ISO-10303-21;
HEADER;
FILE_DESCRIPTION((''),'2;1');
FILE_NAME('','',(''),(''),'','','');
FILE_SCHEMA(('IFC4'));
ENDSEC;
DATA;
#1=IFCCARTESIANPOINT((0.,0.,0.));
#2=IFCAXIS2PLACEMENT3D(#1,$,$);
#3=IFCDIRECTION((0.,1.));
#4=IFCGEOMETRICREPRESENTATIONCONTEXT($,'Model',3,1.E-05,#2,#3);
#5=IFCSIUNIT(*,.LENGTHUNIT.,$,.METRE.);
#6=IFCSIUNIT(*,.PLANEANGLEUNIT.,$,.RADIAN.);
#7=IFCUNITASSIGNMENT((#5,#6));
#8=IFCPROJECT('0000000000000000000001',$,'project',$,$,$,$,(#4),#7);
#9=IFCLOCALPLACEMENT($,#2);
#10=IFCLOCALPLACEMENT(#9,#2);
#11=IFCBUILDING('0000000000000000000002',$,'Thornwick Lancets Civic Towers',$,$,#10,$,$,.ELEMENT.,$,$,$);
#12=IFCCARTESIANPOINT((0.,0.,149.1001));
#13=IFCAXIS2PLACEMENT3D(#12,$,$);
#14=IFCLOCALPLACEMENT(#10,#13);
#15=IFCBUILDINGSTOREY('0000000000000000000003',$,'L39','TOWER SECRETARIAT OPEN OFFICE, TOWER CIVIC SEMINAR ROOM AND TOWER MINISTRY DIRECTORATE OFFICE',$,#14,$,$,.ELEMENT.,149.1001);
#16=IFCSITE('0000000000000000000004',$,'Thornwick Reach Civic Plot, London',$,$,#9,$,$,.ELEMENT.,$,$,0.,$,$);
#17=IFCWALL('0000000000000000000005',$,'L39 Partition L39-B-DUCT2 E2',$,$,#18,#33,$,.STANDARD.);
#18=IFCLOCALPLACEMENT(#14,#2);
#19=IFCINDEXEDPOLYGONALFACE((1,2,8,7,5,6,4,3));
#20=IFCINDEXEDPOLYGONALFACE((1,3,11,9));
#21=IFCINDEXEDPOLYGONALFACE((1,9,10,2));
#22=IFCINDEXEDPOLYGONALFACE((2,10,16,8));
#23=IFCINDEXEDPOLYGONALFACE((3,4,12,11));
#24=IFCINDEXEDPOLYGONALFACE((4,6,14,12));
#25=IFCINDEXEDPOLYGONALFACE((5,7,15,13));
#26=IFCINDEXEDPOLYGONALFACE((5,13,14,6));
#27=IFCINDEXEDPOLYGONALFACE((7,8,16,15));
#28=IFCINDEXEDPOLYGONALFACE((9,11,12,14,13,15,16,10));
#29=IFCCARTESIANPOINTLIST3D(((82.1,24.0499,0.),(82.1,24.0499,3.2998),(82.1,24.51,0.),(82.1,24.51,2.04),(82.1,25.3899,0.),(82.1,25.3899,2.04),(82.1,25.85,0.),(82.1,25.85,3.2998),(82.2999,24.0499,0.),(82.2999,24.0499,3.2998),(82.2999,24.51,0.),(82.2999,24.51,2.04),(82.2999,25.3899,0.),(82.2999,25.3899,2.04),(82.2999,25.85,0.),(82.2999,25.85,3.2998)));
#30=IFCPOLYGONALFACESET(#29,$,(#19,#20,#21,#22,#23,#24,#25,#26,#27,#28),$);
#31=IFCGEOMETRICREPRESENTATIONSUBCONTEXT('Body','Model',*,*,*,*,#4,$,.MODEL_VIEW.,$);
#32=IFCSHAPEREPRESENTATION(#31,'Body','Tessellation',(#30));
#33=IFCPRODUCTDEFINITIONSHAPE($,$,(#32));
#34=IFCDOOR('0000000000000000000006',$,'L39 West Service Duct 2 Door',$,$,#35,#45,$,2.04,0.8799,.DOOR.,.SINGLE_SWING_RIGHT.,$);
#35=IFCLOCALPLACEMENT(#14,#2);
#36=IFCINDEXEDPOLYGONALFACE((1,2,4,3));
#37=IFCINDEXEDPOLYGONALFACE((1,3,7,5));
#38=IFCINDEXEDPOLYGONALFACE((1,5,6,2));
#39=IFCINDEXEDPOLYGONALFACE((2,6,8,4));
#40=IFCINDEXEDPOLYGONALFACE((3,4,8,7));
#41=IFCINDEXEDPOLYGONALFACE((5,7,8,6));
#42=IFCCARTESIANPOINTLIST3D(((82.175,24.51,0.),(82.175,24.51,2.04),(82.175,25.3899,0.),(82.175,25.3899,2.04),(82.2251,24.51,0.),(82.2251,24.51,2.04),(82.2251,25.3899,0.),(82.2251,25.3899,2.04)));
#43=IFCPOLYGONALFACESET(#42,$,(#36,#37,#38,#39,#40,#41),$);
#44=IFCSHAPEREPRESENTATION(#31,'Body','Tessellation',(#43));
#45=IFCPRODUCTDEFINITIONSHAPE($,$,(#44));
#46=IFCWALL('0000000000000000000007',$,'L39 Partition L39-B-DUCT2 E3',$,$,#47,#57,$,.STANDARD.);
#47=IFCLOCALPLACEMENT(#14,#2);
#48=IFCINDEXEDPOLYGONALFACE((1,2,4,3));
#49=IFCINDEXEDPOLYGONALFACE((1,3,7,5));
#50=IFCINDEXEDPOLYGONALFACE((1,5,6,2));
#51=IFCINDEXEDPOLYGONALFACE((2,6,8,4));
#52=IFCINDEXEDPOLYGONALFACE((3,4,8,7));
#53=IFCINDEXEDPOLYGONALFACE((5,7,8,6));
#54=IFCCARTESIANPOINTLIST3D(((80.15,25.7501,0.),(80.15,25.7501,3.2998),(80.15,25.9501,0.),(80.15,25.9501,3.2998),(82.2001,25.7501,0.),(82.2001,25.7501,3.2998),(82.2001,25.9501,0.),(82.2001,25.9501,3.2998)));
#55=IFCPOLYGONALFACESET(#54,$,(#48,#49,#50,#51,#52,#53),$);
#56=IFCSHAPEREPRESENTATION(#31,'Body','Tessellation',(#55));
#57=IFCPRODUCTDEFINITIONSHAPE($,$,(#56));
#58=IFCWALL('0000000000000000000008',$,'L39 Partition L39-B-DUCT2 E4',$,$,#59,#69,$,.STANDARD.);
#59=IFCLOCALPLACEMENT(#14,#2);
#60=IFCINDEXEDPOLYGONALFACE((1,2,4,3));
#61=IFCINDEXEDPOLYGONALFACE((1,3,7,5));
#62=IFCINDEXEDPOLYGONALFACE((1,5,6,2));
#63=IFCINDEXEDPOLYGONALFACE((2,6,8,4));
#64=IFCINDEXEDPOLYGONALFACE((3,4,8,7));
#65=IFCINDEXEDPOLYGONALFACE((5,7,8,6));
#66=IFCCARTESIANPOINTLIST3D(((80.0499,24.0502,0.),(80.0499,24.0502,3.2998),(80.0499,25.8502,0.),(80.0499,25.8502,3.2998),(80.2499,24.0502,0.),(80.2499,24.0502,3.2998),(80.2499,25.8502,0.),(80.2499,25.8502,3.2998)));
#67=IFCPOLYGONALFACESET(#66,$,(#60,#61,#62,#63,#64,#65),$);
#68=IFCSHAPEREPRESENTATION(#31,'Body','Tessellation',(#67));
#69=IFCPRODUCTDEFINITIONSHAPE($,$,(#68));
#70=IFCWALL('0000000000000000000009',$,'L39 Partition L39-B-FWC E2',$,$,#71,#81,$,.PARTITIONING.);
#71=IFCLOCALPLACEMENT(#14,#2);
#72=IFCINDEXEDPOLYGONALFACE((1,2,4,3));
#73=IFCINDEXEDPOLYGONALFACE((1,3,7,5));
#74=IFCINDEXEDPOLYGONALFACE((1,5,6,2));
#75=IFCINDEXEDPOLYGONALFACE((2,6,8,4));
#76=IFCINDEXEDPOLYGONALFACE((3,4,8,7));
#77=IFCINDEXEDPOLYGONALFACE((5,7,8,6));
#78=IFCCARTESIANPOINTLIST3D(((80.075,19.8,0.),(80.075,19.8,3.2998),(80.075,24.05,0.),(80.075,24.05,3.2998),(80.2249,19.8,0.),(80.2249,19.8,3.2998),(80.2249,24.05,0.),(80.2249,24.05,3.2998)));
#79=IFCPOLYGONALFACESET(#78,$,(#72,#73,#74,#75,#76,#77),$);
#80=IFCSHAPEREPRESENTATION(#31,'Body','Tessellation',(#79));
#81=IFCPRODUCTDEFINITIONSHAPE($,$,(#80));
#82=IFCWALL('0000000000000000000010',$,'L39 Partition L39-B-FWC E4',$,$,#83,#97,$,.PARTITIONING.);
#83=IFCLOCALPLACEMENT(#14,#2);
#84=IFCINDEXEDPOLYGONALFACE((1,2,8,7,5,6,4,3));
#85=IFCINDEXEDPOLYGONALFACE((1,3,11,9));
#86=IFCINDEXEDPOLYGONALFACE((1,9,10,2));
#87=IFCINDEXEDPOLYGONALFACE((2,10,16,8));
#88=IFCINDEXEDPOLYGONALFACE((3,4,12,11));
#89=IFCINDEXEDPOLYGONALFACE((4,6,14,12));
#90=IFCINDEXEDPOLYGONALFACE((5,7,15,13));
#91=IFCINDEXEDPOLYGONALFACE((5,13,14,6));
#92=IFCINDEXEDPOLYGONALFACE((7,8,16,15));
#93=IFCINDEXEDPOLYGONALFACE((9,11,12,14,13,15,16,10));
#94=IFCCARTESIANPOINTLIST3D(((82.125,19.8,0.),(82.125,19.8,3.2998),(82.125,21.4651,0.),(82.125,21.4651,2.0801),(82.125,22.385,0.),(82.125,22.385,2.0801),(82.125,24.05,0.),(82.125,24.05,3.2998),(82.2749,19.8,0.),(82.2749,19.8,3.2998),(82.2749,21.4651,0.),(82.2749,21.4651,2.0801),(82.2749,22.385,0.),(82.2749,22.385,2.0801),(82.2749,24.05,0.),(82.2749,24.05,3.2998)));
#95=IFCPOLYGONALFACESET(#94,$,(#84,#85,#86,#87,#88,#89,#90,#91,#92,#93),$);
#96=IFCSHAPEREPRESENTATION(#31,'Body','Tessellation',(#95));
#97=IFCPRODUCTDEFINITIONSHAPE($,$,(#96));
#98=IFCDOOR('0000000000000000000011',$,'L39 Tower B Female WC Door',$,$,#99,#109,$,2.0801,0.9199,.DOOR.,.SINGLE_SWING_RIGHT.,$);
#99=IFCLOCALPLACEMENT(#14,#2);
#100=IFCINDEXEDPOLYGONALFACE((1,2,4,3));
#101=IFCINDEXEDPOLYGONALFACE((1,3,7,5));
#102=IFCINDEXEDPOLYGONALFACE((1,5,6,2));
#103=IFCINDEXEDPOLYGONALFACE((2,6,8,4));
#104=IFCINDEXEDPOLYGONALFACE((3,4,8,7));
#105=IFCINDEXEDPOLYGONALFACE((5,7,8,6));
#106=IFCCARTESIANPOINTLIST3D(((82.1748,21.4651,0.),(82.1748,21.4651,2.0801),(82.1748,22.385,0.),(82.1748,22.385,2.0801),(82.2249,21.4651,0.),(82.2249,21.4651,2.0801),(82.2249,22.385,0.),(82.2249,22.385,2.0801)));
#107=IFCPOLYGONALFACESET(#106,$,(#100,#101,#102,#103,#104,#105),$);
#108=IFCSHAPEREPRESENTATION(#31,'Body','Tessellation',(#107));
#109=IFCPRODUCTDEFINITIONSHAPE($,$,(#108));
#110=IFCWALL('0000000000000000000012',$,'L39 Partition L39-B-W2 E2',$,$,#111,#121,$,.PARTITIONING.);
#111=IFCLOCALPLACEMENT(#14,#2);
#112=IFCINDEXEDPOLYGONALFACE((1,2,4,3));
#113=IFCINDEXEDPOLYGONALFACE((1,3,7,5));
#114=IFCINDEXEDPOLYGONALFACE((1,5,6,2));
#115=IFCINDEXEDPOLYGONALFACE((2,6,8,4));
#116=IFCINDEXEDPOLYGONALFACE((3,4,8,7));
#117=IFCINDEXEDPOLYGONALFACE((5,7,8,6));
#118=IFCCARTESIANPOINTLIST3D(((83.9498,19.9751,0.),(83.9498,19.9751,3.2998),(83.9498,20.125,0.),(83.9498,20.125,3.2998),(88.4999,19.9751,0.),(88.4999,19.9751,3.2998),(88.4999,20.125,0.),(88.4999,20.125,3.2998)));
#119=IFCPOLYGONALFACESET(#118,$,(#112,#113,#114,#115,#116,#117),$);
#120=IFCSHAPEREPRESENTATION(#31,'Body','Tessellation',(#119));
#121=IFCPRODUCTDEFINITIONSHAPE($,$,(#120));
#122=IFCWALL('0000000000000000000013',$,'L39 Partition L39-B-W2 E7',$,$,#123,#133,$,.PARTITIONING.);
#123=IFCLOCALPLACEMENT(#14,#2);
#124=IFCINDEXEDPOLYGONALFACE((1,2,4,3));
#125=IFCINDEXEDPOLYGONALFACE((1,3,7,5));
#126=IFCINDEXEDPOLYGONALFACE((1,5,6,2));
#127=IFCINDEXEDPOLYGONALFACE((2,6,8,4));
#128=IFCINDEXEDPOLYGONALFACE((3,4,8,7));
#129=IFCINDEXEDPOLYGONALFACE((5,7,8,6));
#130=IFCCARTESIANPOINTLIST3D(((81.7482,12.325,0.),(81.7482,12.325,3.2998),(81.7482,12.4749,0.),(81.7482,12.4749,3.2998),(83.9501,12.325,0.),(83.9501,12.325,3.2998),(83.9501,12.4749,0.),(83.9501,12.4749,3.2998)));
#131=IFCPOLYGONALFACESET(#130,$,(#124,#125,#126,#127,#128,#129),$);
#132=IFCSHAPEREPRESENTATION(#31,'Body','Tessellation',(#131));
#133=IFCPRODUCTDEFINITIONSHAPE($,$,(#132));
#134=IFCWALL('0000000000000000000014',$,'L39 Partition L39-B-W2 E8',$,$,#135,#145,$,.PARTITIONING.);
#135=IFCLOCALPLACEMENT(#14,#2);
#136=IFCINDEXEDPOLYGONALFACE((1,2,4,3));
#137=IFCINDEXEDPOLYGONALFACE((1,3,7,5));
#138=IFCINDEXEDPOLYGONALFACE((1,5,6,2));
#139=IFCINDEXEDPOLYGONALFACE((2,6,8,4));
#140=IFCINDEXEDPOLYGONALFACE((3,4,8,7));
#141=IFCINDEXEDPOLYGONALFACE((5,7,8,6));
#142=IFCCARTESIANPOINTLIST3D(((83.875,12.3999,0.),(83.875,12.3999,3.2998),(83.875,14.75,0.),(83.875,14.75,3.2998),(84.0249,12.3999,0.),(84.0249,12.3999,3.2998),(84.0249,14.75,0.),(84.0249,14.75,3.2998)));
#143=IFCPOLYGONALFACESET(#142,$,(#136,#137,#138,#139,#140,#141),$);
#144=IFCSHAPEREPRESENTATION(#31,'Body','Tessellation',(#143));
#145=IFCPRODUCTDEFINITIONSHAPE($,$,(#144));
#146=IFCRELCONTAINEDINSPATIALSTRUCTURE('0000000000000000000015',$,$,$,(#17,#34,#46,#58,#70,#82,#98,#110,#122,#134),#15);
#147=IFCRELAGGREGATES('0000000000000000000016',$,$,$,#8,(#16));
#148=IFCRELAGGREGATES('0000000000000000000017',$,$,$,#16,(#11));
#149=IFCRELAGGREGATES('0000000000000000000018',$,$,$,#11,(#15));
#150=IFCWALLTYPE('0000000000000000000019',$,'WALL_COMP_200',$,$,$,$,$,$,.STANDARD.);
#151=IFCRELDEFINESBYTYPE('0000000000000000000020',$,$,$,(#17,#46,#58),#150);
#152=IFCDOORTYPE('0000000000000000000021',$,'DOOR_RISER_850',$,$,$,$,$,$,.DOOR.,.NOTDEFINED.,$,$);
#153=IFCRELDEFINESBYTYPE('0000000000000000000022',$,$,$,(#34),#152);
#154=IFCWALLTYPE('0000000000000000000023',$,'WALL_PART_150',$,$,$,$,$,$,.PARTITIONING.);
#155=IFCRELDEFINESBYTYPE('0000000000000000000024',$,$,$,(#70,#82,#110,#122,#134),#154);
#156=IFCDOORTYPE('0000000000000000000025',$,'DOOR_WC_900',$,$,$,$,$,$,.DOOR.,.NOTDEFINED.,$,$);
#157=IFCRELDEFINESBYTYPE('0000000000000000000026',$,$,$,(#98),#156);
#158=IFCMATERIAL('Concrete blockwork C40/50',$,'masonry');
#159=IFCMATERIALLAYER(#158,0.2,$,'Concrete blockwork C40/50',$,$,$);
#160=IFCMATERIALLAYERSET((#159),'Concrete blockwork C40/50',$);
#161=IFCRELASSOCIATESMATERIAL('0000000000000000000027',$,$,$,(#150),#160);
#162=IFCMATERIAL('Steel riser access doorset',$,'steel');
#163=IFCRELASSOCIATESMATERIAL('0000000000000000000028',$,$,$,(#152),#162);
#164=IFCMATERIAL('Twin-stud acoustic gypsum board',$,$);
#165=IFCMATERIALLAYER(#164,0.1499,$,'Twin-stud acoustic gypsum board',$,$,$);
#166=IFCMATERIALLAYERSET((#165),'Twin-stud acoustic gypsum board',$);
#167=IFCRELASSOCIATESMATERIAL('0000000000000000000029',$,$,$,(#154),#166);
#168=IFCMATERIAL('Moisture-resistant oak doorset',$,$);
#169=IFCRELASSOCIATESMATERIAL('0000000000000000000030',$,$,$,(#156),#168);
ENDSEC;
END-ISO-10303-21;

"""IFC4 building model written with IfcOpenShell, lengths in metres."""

from ifc_helpers import new_model, si_unit, direction, frame, frame_2d, origin, place, context, subcontext, project, spatial, rectangle, extrude, material, layer, layer_set, type_object, element, fill, save


model = new_model("IFC4")

# Units and contexts
model_context = context("Model", 3, precision=1e-05, world=origin(), true_north=direction((0.0, 1.0)))
body_context = subcontext(model_context, "Body", "Model", "MODEL_VIEW")
ifc_project = project(units=[si_unit("LENGTHUNIT", "METRE"), si_unit("PLANEANGLEUNIT", "RADIAN")], contexts=[model_context])

# Site, building, storey
site_placement = place(None, origin())
site = spatial("IfcSite", under=ifc_project, at=site_placement, Name="Thornwick Reach Civic Plot, London", CompositionType="ELEMENT", RefElevation=0.0)
building_placement = place(site_placement, origin())
building = spatial("IfcBuilding", under=site, at=building_placement, Name="Thornwick Lancets Civic Towers", CompositionType="ELEMENT")
storey_placement = place(building_placement, frame((0.0, 0.0, 149.1001)))
storey = spatial("IfcBuildingStorey", under=building, at=storey_placement, Name="L39", Description="TOWER SECRETARIAT OPEN OFFICE, TOWER CIVIC SEMINAR ROOM AND TOWER MINISTRY DIRECTORATE OFFICE", CompositionType="ELEMENT", Elevation=149.1001)

# Shared definitions
ifc_material_1 = material(Name="Concrete blockwork C40/50", Category="masonry")
ifc_layer_1 = layer(ifc_material_1, 0.2, Name="Concrete blockwork C40/50")
ifc_layer_set_1 = layer_set([ifc_layer_1], Name="Concrete blockwork C40/50")
wall_type_1 = type_object("IfcWallType", Name="WALL_COMP_200", PredefinedType="STANDARD", material=ifc_layer_set_1)

# Wall, opening, door
wall_1_placement = place(storey_placement, frame((82.2, 24.05, 0.0), z_axis=(0.0, 0.0, 1.0), x_axis=(0.0, 1.0, 0.0)))
wall_1 = element("IfcWall", 1, at=wall_1_placement, inside=storey, type_object=wall_type_1, Name="L39 Partition L39-B-DUCT2 E2", PredefinedType="STANDARD", context=body_context, shape_type="SweptSolid", body=[
    extrude(rectangle(XDim=1.8, YDim=0.2, at=frame_2d((0.8999, 0.0))), origin(), (0.0, 0.0, 1.0), 3.2998),
])
opening_1_placement = place(wall_1_placement, frame((0.46, 0.0, 0.0)))
opening_1 = element("IfcOpeningElement", 2, at=opening_1_placement, cuts=wall_1, PredefinedType="OPENING", context=body_context, shape_type="SweptSolid", body=[
    extrude(rectangle(XDim=0.8799, YDim=2.04, at=frame_2d((0.4399, 1.02))), frame((0.0, 0.1099, 0.0), z_axis=(0.0, -1.0, 0.0), x_axis=(1.0, 0.0, 0.0)), (0.0, 0.0, 1.0), 0.22),
])
ifc_material_2 = material(Name="Steel riser access doorset", Category="steel")
door_type_1 = type_object("IfcDoorType", Name="DOOR_RISER_850", OperationType="NOTDEFINED", PredefinedType="DOOR", material=ifc_material_2)
door_1_placement = place(opening_1_placement, origin())
door_1 = element("IfcDoor", 3, at=door_1_placement, inside=storey, type_object=door_type_1, Name="L39 West Service Duct 2 Door", OperationType="SINGLE_SWING_RIGHT", OverallHeight=2.04, OverallWidth=0.8799, PredefinedType="DOOR", context=body_context, shape_type="SweptSolid", body=[
    extrude(rectangle(XDim=0.8799, YDim=2.04, at=frame_2d((0.4399, 1.02))), frame((0.0, 0.0249, 0.0), z_axis=(0.0, -1.0, 0.0), x_axis=(1.0, 0.0, 0.0)), (0.0, 0.0, 1.0), 0.05),
])
fill(opening_1, door_1)

# Walls
wall_2_placement = place(storey_placement, frame((82.2, 25.8501, 0.0), z_axis=(0.0, 0.0, 1.0), x_axis=(-1.0, 0.0, 0.0)))
element("IfcWall", 4, at=wall_2_placement, inside=storey, type_object=wall_type_1, Name="L39 Partition L39-B-DUCT2 E3", PredefinedType="STANDARD", context=body_context, shape_type="SweptSolid", body=[
    extrude(rectangle(XDim=2.05, YDim=0.2, at=frame_2d((1.0249, 0.0))), origin(), (0.0, 0.0, 1.0), 3.2998),
])
wall_3_placement = place(storey_placement, frame((80.1499, 25.8501, 0.0), z_axis=(0.0, 0.0, 1.0), x_axis=(0.0, -1.0, 0.0)))
element("IfcWall", 5, at=wall_3_placement, inside=storey, type_object=wall_type_1, Name="L39 Partition L39-B-DUCT2 E4", PredefinedType="STANDARD", context=body_context, shape_type="SweptSolid", body=[
    extrude(rectangle(XDim=1.8, YDim=0.2, at=frame_2d((0.8999, 0.0))), origin(), (0.0, 0.0, 1.0), 3.2998),
])
ifc_material_3 = material(Name="Twin-stud acoustic gypsum board")
ifc_layer_2 = layer(ifc_material_3, 0.1499, Name="Twin-stud acoustic gypsum board")
ifc_layer_set_2 = layer_set([ifc_layer_2], Name="Twin-stud acoustic gypsum board")
wall_type_2 = type_object("IfcWallType", Name="WALL_PART_150", PredefinedType="PARTITIONING", material=ifc_layer_set_2)
wall_4_placement = place(storey_placement, frame((80.1499, 19.8, 0.0), z_axis=(0.0, 0.0, 1.0), x_axis=(0.0, 1.0, 0.0)))
element("IfcWall", 6, at=wall_4_placement, inside=storey, type_object=wall_type_2, Name="L39 Partition L39-B-FWC E2", PredefinedType="PARTITIONING", context=body_context, shape_type="SweptSolid", body=[
    extrude(rectangle(XDim=4.25, YDim=0.1499, at=frame_2d((2.125, 0.0))), origin(), (0.0, 0.0, 1.0), 3.2998),
])

# Wall, opening, door
wall_5_placement = place(storey_placement, frame((82.2, 24.05, 0.0), z_axis=(0.0, 0.0, 1.0), x_axis=(0.0, -1.0, 0.0)))
wall_5 = element("IfcWall", 7, at=wall_5_placement, inside=storey, type_object=wall_type_2, Name="L39 Partition L39-B-FWC E4", PredefinedType="PARTITIONING", context=body_context, shape_type="SweptSolid", body=[
    extrude(rectangle(XDim=4.25, YDim=0.1499, at=frame_2d((2.125, 0.0))), origin(), (0.0, 0.0, 1.0), 3.2998),
])
opening_2_placement = place(wall_5_placement, frame((1.665, 0.0, 0.0)))
opening_2 = element("IfcOpeningElement", 8, at=opening_2_placement, cuts=wall_5, PredefinedType="OPENING", context=body_context, shape_type="SweptSolid", body=[
    extrude(rectangle(XDim=0.9199, YDim=2.0801, at=frame_2d((0.46, 1.04))), frame((0.0, 0.085, 0.0), z_axis=(0.0, -1.0, 0.0), x_axis=(1.0, 0.0, 0.0)), (0.0, 0.0, 1.0), 0.1699),
])
ifc_material_4 = material(Name="Moisture-resistant oak doorset")
door_type_2 = type_object("IfcDoorType", Name="DOOR_WC_900", OperationType="NOTDEFINED", PredefinedType="DOOR", material=ifc_material_4)
door_2_placement = place(opening_2_placement, origin())
door_2 = element("IfcDoor", 9, at=door_2_placement, inside=storey, type_object=door_type_2, Name="L39 Tower B Female WC Door", OperationType="SINGLE_SWING_RIGHT", OverallHeight=2.0801, OverallWidth=0.9199, PredefinedType="DOOR", context=body_context, shape_type="SweptSolid", body=[
    extrude(rectangle(XDim=0.9199, YDim=2.0801, at=frame_2d((0.46, 1.04))), frame((0.0, 0.0249, 0.0), z_axis=(0.0, -1.0, 0.0), x_axis=(1.0, 0.0, 0.0)), (0.0, 0.0, 1.0), 0.05),
])
fill(opening_2, door_2)

# Walls
wall_6_placement = place(storey_placement, frame((83.95, 20.05, 0.0), z_axis=(0.0, 0.0, 1.0), x_axis=(1.0, 0.0, 0.0)))
element("IfcWall", 10, at=wall_6_placement, inside=storey, type_object=wall_type_2, Name="L39 Partition L39-B-W2 E2", PredefinedType="PARTITIONING", context=body_context, shape_type="SweptSolid", body=[
    extrude(rectangle(XDim=4.55, YDim=0.1499, at=frame_2d((2.2749, 0.0))), origin(), (0.0, 0.0, 1.0), 3.2998),
])
wall_7_placement = place(storey_placement, frame((81.748, 12.3999, 0.0), z_axis=(0.0, 0.0, 1.0), x_axis=(1.0, 0.0, 0.0)))
element("IfcWall", 11, at=wall_7_placement, inside=storey, type_object=wall_type_2, Name="L39 Partition L39-B-W2 E7", PredefinedType="PARTITIONING", context=body_context, shape_type="SweptSolid", body=[
    extrude(rectangle(XDim=2.2019, YDim=0.1499, at=frame_2d((1.1011, 0.0))), origin(), (0.0, 0.0, 1.0), 3.2998),
])
wall_8_placement = place(storey_placement, frame((83.95, 12.3999, 0.0), z_axis=(0.0, 0.0, 1.0), x_axis=(0.0, 1.0, 0.0)))
element("IfcWall", 12, at=wall_8_placement, inside=storey, type_object=wall_type_2, Name="L39 Partition L39-B-W2 E8", PredefinedType="PARTITIONING", context=body_context, shape_type="SweptSolid", body=[
    extrude(rectangle(XDim=2.3501, YDim=0.1499, at=frame_2d((1.175, 0.0))), origin(), (0.0, 0.0, 1.0), 3.2998),
])

save(model, "model.ifc")
